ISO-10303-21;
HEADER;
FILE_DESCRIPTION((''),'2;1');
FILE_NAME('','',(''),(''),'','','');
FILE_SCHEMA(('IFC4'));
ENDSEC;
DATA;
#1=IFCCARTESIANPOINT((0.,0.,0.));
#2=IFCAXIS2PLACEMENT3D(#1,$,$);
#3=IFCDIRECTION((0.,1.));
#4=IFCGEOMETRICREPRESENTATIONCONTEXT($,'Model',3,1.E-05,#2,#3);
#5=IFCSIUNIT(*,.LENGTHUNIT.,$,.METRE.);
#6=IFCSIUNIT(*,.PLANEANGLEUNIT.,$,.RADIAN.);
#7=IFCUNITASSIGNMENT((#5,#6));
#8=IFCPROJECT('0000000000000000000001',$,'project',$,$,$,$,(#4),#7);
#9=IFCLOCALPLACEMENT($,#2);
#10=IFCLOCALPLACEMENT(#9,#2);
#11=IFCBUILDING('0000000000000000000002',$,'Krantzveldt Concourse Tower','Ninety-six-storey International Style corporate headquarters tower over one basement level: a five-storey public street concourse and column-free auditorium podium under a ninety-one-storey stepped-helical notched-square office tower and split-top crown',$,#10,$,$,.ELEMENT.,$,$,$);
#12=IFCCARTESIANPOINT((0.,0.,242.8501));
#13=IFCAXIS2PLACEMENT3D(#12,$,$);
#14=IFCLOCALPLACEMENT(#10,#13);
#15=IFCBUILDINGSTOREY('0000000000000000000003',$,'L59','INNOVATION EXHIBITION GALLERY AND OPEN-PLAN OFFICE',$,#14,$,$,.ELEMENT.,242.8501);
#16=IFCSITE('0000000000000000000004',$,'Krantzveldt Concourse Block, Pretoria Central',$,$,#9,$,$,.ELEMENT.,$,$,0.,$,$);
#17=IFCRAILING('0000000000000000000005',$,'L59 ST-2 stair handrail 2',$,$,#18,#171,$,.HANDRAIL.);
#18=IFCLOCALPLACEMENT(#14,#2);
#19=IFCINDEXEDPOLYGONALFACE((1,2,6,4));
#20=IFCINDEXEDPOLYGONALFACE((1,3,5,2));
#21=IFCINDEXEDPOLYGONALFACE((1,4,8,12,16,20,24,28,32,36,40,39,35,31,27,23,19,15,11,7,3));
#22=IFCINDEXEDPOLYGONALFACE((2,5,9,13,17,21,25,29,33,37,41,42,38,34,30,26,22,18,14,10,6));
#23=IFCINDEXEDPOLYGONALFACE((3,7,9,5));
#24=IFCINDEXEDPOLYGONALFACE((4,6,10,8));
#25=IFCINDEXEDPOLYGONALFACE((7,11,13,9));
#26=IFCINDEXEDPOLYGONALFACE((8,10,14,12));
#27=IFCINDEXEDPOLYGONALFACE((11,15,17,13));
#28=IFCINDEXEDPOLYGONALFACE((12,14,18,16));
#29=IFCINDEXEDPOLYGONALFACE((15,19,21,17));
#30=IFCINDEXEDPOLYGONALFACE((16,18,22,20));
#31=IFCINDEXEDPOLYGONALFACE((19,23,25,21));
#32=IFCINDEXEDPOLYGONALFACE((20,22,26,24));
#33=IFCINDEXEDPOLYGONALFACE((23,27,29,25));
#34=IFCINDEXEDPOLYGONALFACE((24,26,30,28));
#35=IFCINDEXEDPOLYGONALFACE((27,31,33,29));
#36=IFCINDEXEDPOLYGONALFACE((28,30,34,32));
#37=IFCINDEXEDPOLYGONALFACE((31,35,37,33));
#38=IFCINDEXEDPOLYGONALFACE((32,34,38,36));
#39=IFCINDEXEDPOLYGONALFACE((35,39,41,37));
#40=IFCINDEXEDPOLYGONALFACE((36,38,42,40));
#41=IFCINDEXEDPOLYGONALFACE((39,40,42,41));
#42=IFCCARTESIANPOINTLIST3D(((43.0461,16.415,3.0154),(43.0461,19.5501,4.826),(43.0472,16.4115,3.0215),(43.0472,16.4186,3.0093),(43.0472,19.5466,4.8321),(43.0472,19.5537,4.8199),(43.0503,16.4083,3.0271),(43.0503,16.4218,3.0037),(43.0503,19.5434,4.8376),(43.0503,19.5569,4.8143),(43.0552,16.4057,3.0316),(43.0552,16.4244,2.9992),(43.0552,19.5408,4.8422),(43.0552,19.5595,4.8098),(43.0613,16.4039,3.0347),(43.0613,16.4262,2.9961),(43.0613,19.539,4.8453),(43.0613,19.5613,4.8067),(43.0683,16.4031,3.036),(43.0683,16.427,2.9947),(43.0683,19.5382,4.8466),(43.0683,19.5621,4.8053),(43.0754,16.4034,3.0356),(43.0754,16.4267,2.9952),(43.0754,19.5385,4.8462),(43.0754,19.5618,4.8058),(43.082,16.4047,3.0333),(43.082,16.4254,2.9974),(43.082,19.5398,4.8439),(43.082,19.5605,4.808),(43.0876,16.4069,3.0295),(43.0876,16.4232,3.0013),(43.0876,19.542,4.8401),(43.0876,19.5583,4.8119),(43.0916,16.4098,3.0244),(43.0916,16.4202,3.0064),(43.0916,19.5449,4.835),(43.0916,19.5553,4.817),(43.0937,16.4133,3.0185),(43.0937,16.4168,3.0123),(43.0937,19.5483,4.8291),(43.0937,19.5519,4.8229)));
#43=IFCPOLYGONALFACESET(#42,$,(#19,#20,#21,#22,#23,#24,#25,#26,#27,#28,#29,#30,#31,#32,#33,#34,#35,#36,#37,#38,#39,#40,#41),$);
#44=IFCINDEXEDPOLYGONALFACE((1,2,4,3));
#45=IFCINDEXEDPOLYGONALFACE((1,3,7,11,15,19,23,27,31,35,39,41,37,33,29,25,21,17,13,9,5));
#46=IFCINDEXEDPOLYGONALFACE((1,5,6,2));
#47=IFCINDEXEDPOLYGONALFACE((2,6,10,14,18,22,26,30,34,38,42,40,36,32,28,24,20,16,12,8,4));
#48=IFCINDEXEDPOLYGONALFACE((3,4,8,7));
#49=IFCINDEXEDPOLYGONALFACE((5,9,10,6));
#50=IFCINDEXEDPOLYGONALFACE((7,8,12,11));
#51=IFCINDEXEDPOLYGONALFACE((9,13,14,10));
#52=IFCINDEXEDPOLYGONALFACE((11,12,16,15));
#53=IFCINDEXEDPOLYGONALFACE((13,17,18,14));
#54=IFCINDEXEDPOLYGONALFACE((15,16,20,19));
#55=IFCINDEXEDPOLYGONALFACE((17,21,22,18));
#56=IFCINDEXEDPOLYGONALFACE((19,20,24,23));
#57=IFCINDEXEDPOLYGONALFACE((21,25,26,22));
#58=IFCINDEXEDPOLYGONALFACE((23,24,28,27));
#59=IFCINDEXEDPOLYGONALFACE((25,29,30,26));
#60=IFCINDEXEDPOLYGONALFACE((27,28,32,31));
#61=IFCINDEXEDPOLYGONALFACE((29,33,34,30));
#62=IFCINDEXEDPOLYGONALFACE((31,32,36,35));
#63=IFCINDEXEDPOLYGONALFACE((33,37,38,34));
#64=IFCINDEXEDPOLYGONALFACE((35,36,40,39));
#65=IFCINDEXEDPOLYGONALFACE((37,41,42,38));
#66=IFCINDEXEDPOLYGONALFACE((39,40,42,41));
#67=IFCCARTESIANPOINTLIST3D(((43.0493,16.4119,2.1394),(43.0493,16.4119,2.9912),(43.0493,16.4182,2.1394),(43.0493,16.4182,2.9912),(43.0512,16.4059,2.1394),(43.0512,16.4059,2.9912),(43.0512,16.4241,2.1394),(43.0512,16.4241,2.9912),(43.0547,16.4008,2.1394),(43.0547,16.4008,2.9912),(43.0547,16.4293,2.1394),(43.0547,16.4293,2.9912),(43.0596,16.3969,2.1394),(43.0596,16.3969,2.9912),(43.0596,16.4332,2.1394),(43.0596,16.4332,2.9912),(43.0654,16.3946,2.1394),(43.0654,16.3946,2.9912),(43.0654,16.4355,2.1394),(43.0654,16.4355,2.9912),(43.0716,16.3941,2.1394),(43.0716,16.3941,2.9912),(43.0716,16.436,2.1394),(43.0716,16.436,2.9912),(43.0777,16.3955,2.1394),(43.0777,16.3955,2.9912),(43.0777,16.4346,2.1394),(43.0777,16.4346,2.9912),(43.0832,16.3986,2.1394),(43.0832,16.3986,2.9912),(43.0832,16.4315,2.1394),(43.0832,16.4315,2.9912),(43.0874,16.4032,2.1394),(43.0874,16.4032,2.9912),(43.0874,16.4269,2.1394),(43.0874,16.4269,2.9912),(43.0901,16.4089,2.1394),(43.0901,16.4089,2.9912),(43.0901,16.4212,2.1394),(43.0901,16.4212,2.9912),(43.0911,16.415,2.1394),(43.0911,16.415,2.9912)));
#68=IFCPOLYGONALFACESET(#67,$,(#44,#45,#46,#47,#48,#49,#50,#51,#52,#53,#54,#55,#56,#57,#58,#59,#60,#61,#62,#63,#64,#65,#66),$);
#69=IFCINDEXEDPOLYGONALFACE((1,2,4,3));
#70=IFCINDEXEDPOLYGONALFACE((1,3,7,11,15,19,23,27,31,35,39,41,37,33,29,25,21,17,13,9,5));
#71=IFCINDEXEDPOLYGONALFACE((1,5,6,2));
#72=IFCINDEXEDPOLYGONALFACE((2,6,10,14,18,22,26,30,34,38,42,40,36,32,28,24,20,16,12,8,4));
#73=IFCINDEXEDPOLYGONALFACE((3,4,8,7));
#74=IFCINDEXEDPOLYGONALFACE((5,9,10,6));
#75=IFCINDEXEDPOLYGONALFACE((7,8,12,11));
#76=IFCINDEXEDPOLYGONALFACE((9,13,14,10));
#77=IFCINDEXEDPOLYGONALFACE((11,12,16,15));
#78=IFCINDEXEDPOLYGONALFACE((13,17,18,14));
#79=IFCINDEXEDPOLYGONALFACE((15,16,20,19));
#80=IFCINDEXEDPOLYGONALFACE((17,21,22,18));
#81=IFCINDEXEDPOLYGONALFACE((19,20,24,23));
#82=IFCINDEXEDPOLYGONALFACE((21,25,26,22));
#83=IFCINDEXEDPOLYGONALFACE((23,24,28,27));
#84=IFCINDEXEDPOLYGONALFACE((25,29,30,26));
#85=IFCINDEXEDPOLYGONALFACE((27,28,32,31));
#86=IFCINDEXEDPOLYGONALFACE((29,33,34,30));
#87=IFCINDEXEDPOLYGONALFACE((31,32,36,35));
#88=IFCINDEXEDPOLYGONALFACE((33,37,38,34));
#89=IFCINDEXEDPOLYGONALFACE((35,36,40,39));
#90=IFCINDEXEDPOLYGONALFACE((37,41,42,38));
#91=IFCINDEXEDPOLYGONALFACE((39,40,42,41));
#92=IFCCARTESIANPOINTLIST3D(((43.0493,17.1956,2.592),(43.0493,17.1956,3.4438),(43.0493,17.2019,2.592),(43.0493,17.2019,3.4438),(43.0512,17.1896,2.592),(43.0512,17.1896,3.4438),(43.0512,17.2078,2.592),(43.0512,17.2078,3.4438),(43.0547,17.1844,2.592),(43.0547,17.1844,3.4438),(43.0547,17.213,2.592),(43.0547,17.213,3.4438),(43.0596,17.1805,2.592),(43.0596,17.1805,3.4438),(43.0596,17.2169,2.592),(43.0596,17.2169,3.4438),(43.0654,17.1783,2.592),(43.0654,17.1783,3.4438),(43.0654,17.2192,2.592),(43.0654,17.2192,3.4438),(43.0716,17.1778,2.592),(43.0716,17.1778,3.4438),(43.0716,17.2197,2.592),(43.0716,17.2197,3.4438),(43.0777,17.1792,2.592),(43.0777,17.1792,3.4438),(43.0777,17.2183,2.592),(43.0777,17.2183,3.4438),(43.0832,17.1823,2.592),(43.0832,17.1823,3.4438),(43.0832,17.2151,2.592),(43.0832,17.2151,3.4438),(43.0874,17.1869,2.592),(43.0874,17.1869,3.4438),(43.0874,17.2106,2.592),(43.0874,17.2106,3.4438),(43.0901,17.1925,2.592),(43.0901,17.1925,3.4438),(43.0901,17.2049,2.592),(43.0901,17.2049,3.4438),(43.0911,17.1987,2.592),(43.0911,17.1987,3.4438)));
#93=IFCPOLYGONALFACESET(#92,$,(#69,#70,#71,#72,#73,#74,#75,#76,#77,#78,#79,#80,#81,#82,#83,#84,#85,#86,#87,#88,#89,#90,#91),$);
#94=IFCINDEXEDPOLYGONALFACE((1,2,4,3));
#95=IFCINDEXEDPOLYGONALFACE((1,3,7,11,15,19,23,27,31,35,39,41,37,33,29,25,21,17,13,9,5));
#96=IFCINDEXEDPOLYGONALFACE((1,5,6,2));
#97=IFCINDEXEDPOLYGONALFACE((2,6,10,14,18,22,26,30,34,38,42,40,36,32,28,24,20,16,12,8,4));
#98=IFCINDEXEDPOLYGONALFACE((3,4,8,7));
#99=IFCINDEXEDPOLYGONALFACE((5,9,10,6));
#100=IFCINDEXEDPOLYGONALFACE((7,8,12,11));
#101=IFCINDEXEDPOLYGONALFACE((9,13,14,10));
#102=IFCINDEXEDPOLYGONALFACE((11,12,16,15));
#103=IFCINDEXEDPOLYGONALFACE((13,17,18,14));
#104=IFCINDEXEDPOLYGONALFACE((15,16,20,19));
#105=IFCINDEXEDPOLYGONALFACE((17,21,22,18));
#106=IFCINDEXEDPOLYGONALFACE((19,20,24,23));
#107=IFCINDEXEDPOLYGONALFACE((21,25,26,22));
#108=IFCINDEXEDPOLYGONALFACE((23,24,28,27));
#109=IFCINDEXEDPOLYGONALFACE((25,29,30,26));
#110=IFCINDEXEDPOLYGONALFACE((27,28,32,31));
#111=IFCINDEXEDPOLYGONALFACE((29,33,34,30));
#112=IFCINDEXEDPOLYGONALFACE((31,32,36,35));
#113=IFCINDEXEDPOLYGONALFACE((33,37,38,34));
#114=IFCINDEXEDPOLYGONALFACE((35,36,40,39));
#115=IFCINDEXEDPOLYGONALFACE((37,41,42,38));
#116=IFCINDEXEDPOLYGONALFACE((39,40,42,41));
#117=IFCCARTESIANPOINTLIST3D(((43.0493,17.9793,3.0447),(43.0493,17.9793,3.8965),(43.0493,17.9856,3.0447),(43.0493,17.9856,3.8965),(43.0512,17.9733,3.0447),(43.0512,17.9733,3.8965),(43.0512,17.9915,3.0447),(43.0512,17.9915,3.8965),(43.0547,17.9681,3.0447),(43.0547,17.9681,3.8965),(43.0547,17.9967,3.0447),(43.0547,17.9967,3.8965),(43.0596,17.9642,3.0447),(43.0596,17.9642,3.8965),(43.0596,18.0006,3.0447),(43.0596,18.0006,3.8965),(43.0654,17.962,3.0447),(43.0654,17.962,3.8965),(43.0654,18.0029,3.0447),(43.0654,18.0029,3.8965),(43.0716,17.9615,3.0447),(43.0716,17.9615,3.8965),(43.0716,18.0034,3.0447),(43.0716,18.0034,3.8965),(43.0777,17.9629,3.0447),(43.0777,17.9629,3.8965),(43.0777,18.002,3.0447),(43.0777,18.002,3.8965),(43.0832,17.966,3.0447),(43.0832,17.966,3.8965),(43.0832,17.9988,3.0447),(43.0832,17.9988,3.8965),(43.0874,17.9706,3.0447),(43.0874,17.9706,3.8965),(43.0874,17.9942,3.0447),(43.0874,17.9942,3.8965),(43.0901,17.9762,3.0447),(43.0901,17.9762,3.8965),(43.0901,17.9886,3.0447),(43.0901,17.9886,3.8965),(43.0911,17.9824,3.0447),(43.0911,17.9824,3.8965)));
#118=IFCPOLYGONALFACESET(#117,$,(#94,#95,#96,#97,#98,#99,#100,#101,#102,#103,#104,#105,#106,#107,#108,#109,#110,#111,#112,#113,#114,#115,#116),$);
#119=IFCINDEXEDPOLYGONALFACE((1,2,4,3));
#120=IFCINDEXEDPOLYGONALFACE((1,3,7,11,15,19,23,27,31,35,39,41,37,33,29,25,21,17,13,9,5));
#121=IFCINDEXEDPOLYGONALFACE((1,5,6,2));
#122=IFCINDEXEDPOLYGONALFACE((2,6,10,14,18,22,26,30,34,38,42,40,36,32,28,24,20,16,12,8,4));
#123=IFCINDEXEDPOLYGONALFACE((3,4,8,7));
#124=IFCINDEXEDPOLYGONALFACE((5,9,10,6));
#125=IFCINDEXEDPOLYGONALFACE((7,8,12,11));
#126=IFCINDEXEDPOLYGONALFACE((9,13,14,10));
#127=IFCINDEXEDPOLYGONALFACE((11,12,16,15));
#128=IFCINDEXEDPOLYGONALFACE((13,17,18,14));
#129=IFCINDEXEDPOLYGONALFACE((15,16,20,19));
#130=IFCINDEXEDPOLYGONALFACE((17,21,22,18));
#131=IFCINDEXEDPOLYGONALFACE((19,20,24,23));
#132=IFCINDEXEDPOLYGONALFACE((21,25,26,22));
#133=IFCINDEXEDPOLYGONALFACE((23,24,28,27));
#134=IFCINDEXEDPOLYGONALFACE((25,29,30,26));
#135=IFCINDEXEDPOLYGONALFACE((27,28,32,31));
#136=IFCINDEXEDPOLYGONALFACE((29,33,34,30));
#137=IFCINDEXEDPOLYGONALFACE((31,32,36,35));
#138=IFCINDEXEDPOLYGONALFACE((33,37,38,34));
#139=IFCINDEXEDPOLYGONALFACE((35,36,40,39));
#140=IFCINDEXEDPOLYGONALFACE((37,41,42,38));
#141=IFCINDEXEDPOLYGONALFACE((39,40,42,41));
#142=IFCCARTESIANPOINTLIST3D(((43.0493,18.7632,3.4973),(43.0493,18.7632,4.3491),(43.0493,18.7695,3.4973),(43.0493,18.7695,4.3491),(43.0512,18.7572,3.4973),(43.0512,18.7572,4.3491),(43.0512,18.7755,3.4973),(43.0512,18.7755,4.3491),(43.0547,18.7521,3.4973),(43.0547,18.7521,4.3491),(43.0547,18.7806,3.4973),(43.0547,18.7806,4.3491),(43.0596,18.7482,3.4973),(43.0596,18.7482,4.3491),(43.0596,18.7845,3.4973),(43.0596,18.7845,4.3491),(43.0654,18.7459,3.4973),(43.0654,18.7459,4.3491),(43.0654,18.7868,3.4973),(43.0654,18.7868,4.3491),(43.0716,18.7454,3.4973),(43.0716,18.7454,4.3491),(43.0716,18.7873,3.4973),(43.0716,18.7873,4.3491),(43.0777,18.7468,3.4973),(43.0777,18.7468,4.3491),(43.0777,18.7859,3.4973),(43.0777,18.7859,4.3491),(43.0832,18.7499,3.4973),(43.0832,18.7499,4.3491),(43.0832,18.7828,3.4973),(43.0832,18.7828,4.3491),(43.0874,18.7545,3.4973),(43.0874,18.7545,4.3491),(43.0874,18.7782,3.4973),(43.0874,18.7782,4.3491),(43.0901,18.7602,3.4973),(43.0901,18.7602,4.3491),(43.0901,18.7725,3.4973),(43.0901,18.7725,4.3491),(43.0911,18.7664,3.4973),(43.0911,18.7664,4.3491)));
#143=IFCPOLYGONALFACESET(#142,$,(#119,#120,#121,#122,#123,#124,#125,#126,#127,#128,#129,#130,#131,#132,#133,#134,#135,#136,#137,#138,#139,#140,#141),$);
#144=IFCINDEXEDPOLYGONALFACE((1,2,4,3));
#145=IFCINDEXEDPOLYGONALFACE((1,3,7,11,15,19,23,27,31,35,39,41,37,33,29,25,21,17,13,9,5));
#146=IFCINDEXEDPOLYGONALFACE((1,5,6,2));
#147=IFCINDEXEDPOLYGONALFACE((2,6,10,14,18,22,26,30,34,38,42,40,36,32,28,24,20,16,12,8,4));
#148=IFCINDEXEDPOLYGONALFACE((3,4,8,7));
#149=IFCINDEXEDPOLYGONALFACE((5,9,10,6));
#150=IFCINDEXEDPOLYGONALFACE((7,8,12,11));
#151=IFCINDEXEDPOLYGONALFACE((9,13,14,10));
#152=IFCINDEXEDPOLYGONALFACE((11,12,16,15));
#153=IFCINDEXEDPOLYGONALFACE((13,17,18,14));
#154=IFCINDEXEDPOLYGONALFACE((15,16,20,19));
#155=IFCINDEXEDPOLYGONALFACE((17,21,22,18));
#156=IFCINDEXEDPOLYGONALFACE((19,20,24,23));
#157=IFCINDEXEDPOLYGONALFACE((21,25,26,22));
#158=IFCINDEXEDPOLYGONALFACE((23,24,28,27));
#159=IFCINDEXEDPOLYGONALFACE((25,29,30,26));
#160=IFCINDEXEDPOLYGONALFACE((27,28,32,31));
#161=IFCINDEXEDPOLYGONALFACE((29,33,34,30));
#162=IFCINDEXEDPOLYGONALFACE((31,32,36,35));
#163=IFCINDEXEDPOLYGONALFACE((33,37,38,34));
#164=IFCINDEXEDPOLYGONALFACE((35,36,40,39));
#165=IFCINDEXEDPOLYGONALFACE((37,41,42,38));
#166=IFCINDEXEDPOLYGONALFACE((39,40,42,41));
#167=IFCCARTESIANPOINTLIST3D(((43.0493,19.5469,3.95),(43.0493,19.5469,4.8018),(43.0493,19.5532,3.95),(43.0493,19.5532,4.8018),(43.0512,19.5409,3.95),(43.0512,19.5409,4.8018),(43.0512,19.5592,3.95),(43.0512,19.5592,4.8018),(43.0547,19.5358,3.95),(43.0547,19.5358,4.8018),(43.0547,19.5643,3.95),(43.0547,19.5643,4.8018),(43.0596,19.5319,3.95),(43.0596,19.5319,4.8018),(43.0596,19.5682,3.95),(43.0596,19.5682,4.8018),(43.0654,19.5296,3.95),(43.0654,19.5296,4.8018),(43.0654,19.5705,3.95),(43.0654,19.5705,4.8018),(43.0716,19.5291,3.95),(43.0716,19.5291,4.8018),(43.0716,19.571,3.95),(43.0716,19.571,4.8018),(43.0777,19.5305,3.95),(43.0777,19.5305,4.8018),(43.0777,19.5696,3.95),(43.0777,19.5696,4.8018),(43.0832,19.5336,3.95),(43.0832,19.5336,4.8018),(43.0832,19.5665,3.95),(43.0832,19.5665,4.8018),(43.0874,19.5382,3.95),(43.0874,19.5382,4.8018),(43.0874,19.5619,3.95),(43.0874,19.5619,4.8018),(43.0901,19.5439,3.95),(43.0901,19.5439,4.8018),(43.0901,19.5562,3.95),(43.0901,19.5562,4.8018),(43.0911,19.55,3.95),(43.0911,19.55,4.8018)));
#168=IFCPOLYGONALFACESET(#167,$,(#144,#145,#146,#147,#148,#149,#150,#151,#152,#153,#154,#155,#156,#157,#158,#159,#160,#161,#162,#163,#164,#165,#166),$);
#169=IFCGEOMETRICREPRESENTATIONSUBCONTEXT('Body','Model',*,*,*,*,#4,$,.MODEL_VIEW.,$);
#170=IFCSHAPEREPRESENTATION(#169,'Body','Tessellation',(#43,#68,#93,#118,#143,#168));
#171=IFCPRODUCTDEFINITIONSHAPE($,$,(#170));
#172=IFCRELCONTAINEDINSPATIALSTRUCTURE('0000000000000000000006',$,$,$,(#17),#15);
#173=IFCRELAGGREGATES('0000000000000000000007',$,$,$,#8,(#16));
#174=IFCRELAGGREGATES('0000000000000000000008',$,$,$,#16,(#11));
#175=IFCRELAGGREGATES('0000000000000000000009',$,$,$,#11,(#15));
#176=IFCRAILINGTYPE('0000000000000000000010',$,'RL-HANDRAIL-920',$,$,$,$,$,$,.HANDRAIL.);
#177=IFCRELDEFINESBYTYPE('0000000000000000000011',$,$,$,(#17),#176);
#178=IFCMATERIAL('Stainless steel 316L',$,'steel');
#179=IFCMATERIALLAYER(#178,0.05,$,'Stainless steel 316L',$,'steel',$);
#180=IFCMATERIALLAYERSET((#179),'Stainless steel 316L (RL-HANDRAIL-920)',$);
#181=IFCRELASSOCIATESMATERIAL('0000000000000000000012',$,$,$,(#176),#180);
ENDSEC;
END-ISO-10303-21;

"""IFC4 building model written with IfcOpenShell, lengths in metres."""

from ifc_helpers import new_model, si_unit, direction, frame, origin, origin_2d, place, context, subcontext, project, spatial, circle, extrude, material, layer, layer_set, type_object, element, save


model = new_model("IFC4")

# Units and contexts
model_context = context("Model", 3, precision=1e-05, world=origin(), true_north=direction((0.0, 1.0)))
body_context = subcontext(model_context, "Body", "Model", "MODEL_VIEW")
ifc_project = project(units=[si_unit("LENGTHUNIT", "METRE"), si_unit("PLANEANGLEUNIT", "RADIAN")], contexts=[model_context])

# Site, building, storey
site_placement = place(None, origin())
site = spatial("IfcSite", under=ifc_project, at=site_placement, Name="Krantzveldt Concourse Block, Pretoria Central", CompositionType="ELEMENT", RefElevation=0.0)
building_placement = place(site_placement, origin())
building = spatial("IfcBuilding", under=site, at=building_placement, Name="Krantzveldt Concourse Tower", Description="Ninety-six-storey International Style corporate headquarters tower over one basement level: a five-storey public street concourse and column-free auditorium podium under a ninety-one-storey stepped-helical notched-square office tower and split-top crown", CompositionType="ELEMENT")
storey_placement = place(building_placement, frame((0.0, 0.0, 242.8501)))
storey = spatial("IfcBuildingStorey", under=building, at=storey_placement, Name="L59", Description="INNOVATION EXHIBITION GALLERY AND OPEN-PLAN OFFICE", CompositionType="ELEMENT", Elevation=242.8501)

# Shared definitions
ifc_material_1 = material(Name="Stainless steel 316L", Category="steel")

# Railing
ifc_layer_1 = layer(ifc_material_1, 0.05, Name="Stainless steel 316L", Category="steel")
ifc_layer_set_1 = layer_set([ifc_layer_1], Name="Stainless steel 316L (RL-HANDRAIL-920)")
railing_type_1 = type_object("IfcRailingType", Name="RL-HANDRAIL-920", PredefinedType="HANDRAIL", material=ifc_layer_set_1)
railing_1_placement = place(storey_placement, frame((43.0701, 16.415, 2.1394)))
element("IfcRailing", 1, at=railing_1_placement, inside=storey, type_object=railing_type_1, Name="L59 ST-2 stair handrail 2", PredefinedType="HANDRAIL", context=body_context, shape_type="SweptSolid", body=[
    extrude(circle(Radius=0.0239, at=origin_2d()), frame((0.0, 0.0, 0.876), z_axis=(0.0, 0.86596, 0.500114), x_axis=(-1.0, 0.0, 0.0)), (0.0, 0.0, 1.0), 3.6204),
    extrude(circle(Radius=0.021, at=origin_2d()), origin(), (0.0, 0.0, 1.0), 0.8518),
    extrude(circle(Radius=0.021, at=origin_2d()), frame((0.0, 0.7837, 0.4526)), (0.0, 0.0, 1.0), 0.8518),
    extrude(circle(Radius=0.021, at=origin_2d()), frame((0.0, 1.5674, 0.9053)), (0.0, 0.0, 1.0), 0.8518),
    extrude(circle(Radius=0.021, at=origin_2d()), frame((0.0, 2.3513, 1.3579)), (0.0, 0.0, 1.0), 0.8518),
    extrude(circle(Radius=0.021, at=origin_2d()), frame((0.0, 3.135, 1.8105)), (0.0, 0.0, 1.0), 0.8518),
])

save(model, "model.ifc")
